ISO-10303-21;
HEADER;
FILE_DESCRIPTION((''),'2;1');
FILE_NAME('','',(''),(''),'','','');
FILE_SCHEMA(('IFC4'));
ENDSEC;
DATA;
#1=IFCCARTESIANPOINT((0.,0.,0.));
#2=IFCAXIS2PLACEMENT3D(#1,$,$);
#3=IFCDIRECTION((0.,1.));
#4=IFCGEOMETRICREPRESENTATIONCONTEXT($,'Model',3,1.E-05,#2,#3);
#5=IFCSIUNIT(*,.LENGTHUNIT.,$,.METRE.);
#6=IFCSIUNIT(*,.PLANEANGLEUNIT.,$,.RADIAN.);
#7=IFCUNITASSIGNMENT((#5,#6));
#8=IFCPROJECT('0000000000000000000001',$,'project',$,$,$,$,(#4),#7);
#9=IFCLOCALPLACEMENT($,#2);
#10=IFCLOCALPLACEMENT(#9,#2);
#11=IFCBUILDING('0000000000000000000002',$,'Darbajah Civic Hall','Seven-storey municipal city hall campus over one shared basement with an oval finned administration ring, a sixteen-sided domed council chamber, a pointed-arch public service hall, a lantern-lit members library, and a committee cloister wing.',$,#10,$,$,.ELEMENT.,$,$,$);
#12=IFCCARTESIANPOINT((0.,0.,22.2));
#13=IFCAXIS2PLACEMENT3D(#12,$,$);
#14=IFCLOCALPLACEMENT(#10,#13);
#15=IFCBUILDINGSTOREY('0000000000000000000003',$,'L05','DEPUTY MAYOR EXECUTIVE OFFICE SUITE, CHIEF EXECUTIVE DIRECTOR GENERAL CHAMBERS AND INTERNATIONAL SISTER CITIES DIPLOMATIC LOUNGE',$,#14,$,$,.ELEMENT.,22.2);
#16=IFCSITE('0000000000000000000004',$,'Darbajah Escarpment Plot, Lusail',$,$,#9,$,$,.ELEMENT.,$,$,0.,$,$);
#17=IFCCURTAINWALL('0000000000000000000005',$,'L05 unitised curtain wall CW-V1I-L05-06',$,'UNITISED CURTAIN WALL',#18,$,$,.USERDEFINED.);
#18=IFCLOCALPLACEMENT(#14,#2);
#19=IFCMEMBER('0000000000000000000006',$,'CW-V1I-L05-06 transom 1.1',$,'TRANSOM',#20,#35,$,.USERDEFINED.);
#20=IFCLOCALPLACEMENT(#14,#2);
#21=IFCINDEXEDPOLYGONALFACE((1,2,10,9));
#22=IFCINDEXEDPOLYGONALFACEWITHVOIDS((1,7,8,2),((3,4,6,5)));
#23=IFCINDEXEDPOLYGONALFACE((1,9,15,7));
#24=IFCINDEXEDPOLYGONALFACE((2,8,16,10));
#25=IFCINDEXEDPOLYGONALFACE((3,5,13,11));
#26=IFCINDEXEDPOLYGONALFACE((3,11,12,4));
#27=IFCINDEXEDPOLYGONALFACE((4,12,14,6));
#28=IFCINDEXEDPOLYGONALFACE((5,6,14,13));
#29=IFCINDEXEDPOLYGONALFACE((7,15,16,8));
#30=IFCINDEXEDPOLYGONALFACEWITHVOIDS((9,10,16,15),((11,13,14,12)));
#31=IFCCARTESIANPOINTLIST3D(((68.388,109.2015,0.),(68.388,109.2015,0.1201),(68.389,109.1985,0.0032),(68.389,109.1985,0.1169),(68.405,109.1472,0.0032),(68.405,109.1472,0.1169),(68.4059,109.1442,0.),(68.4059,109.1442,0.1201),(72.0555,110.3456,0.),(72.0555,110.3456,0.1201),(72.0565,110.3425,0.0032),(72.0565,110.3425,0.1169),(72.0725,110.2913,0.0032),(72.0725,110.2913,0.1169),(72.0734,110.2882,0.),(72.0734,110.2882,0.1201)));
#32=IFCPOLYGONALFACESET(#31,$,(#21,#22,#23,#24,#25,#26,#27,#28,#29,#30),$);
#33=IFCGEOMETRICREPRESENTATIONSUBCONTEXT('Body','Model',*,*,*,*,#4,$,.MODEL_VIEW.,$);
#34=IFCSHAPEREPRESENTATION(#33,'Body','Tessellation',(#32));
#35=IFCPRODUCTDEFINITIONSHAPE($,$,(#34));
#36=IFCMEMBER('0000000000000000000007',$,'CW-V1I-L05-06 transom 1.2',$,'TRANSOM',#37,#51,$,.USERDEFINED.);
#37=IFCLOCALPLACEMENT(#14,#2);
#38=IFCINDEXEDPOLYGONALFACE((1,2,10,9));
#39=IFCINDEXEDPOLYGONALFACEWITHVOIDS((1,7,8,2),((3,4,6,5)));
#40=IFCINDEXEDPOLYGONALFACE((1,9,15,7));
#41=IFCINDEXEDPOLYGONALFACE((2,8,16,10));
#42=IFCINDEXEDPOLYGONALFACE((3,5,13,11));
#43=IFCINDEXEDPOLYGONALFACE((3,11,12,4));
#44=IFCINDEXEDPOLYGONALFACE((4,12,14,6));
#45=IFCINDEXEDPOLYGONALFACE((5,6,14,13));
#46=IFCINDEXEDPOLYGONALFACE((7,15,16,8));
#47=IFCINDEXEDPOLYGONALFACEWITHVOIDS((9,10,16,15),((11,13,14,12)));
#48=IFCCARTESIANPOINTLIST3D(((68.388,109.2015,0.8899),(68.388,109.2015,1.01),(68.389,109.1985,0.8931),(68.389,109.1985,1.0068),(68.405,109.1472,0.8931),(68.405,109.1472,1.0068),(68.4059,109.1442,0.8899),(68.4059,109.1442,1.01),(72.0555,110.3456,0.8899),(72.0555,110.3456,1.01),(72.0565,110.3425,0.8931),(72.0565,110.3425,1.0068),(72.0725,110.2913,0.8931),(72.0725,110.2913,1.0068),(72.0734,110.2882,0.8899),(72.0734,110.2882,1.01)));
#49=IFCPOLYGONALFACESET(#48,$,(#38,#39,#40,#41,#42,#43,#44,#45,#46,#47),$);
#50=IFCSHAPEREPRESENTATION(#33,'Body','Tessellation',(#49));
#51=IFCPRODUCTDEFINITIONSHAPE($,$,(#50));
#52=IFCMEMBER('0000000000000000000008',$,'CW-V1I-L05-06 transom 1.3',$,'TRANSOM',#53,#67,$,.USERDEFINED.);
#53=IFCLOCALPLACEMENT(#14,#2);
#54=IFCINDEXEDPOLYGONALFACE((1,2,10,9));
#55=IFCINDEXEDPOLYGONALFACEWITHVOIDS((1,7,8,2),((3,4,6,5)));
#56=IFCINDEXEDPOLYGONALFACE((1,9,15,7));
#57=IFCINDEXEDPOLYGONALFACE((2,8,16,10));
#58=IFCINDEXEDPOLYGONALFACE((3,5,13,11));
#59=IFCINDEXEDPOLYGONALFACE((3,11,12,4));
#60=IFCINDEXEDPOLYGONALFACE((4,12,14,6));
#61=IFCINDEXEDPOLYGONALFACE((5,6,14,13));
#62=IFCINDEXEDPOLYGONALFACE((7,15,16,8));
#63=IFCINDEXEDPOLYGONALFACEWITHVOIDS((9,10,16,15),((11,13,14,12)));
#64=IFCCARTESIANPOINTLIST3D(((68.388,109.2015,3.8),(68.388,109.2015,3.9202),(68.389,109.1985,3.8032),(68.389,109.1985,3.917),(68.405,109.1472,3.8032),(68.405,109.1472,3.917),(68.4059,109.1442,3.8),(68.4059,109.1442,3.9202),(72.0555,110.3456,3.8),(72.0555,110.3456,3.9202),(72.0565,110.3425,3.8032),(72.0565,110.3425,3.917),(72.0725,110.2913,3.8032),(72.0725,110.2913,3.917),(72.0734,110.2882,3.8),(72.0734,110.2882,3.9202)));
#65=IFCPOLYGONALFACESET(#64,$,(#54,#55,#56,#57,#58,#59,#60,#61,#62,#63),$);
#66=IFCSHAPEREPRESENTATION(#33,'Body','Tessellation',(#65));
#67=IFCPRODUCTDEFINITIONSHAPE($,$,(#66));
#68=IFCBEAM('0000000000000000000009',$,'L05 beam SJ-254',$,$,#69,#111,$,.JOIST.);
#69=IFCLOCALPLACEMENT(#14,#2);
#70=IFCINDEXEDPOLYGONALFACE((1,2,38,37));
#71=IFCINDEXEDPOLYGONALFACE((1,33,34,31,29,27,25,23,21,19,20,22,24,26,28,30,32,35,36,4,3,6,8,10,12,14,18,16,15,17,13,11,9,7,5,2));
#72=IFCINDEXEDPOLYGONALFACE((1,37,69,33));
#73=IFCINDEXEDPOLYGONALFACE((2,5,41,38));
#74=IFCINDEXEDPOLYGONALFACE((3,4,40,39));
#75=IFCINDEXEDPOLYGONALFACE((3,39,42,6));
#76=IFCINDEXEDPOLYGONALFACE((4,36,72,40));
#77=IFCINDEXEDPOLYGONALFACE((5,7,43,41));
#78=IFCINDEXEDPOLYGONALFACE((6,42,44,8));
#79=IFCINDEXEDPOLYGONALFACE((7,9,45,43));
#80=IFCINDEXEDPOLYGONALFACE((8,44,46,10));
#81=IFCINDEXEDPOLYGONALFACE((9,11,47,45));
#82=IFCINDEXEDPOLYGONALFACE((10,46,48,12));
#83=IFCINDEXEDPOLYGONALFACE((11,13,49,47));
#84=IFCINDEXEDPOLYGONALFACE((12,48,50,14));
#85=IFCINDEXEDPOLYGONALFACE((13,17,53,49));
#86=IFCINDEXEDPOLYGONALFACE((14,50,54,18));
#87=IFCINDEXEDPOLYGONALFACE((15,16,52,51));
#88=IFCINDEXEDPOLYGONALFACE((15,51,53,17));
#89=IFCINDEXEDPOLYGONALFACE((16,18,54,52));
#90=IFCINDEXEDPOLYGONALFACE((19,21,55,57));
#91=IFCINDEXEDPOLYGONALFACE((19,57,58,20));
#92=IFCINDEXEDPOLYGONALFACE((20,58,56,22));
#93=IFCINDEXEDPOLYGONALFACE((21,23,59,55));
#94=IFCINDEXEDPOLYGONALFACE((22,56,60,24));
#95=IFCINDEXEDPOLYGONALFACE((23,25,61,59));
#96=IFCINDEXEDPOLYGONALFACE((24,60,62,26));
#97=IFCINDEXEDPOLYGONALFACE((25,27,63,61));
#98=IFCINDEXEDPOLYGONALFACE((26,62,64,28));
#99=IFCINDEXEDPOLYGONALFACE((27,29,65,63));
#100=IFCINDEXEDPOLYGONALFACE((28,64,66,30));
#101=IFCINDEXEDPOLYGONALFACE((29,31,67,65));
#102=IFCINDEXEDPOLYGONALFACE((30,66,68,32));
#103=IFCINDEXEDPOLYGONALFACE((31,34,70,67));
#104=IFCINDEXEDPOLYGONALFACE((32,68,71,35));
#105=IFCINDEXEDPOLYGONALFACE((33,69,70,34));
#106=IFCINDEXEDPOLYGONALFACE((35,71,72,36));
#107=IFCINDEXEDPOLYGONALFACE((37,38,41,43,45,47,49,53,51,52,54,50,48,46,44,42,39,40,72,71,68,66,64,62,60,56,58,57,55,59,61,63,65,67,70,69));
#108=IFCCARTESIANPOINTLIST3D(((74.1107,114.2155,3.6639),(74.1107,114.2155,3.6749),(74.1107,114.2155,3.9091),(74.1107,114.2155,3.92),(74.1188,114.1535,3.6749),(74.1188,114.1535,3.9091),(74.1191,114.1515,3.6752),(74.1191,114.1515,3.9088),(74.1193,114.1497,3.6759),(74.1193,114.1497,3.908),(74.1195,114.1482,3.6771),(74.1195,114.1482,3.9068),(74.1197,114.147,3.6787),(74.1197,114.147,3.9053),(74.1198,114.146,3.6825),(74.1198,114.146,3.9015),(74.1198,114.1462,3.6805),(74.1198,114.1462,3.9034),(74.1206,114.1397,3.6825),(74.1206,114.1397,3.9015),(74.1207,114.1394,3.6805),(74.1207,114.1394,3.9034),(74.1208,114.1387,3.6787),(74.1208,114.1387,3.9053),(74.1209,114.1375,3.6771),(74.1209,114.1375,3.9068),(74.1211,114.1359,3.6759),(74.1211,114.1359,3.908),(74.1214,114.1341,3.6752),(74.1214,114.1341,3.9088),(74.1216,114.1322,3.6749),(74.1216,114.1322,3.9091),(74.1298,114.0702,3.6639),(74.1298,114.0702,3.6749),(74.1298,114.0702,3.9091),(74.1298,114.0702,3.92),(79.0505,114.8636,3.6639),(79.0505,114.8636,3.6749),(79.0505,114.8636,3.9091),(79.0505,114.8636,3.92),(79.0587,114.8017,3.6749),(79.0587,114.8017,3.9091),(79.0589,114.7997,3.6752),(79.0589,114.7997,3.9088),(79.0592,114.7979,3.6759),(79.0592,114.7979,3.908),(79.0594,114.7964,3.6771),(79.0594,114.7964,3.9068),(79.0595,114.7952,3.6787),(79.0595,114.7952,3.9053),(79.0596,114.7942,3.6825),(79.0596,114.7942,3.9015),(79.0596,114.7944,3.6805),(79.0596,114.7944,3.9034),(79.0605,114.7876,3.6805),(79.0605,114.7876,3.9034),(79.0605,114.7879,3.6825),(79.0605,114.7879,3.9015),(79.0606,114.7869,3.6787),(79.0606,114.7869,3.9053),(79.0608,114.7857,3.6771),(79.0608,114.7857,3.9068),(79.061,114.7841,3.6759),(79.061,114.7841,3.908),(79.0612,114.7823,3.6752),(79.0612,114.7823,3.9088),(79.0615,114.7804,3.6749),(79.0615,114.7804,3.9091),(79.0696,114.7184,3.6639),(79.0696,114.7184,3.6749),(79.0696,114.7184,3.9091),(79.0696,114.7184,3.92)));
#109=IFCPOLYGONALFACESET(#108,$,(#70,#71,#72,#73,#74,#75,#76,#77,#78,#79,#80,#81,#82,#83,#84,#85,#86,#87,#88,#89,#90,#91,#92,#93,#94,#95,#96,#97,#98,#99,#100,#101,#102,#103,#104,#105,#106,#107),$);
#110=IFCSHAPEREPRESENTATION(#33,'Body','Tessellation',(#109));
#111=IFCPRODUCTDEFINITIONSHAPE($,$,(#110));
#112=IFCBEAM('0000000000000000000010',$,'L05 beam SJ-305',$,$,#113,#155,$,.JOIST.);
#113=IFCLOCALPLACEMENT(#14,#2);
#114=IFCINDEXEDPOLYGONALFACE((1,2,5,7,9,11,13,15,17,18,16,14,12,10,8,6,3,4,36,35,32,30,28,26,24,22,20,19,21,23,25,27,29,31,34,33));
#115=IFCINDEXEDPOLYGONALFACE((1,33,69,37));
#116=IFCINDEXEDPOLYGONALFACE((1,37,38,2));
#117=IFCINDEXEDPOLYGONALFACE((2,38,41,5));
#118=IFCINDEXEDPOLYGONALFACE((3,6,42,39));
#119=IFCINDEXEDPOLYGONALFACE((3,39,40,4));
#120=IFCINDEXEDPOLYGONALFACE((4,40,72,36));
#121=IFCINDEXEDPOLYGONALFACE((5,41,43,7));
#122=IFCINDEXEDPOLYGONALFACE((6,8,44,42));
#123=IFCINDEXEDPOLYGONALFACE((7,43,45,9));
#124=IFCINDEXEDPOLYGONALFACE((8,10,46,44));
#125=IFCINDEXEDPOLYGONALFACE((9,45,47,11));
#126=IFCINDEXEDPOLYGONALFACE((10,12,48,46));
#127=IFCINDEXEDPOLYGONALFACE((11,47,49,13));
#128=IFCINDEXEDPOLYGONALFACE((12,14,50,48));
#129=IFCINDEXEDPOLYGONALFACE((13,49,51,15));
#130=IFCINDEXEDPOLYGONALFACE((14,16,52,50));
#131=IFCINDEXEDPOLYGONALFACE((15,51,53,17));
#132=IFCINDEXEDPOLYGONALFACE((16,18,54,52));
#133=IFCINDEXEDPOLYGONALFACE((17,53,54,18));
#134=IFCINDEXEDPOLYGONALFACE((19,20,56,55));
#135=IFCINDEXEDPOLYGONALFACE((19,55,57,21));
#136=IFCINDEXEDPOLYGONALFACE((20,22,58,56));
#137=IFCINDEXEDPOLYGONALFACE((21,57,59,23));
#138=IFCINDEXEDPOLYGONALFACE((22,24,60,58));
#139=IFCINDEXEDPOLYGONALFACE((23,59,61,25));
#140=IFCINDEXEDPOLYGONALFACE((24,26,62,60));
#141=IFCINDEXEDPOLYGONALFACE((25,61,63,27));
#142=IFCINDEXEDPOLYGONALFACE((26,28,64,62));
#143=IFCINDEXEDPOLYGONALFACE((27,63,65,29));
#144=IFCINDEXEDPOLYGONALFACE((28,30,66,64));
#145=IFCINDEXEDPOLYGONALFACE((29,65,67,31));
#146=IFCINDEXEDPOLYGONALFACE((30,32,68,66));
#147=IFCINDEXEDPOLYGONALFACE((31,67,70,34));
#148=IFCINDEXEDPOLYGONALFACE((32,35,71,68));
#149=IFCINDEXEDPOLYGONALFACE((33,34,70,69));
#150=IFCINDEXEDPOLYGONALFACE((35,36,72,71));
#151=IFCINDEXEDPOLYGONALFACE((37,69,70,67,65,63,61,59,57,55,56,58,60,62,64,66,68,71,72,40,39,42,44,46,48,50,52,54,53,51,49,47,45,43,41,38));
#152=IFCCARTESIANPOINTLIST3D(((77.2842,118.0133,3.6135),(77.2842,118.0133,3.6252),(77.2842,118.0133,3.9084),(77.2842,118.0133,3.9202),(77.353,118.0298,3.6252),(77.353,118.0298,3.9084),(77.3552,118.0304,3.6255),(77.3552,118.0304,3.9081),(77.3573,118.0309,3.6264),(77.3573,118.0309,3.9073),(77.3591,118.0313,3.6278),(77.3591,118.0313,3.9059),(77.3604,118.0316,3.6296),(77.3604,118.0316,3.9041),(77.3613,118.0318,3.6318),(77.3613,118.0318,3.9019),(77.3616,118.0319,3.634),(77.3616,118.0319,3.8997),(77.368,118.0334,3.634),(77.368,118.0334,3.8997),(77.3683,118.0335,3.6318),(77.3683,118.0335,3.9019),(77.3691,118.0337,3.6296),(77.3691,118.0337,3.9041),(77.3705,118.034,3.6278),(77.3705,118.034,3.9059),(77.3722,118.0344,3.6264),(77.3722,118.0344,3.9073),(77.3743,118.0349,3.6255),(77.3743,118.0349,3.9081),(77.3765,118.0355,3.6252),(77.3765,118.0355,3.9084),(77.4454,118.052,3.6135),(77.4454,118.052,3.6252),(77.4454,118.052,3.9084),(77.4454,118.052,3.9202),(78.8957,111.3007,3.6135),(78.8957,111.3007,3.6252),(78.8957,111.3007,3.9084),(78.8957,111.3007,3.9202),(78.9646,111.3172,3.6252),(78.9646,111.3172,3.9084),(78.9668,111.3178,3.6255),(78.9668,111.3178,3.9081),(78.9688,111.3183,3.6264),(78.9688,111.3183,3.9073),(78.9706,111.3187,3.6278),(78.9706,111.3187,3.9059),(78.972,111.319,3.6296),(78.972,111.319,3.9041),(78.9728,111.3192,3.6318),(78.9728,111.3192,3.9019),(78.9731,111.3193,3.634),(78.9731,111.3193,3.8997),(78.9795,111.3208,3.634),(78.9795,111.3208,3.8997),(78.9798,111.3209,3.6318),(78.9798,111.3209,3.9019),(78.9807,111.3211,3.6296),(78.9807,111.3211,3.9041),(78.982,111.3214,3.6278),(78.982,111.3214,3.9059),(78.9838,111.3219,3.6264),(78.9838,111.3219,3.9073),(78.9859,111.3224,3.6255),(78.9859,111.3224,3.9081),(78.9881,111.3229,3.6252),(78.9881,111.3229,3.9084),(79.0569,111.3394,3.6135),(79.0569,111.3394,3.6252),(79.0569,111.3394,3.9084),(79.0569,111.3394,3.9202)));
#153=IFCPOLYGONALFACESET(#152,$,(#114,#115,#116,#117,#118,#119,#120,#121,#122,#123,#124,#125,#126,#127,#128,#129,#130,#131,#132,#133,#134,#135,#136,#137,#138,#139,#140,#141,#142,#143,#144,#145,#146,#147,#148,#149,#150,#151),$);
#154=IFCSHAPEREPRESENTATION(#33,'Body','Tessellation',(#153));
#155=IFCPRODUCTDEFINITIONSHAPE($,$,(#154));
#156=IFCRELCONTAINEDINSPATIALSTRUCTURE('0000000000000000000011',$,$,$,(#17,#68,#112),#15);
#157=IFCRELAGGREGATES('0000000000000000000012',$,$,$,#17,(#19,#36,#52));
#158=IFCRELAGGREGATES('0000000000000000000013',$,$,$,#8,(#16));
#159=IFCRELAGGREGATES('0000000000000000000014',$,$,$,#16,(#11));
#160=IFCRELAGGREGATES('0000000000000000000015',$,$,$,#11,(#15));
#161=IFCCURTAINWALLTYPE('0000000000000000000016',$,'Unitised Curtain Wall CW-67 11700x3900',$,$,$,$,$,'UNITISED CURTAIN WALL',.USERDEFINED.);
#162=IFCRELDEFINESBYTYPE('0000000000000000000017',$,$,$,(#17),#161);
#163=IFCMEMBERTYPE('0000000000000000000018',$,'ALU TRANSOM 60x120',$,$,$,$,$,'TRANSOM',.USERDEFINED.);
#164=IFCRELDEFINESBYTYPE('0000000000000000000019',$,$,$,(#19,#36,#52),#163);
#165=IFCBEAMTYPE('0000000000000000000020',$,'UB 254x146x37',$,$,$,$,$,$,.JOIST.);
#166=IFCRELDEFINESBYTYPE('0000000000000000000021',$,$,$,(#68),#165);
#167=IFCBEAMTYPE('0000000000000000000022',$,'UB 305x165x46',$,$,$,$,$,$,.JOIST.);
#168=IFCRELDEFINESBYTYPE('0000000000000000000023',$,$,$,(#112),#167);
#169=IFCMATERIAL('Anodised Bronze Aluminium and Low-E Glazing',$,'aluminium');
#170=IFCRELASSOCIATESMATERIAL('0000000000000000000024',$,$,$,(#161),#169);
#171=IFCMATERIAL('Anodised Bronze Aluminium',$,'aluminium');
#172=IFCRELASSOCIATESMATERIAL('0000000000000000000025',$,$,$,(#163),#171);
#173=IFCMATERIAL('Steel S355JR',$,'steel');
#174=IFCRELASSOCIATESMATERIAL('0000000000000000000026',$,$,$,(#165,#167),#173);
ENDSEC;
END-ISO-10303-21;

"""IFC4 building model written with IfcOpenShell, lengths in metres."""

from ifc_helpers import new_model, si_unit, direction, frame, origin, origin_2d, place, context, subcontext, project, spatial, hollow_rectangle, i_section, extrude, material, material_profile, profile_set, type_object, element, aggregate, save


model = new_model("IFC4")

# Units and contexts
model_context = context("Model", 3, precision=1e-05, world=origin(), true_north=direction((0.0, 1.0)))
body_context = subcontext(model_context, "Body", "Model", "MODEL_VIEW")
ifc_project = project(units=[si_unit("LENGTHUNIT", "METRE"), si_unit("PLANEANGLEUNIT", "RADIAN")], contexts=[model_context])

# Site, building, storey
site_placement = place(None, origin())
site = spatial("IfcSite", under=ifc_project, at=site_placement, Name="Darbajah Escarpment Plot, Lusail", CompositionType="ELEMENT", RefElevation=0.0)
building_placement = place(site_placement, origin())
building = spatial("IfcBuilding", under=site, at=building_placement, Name="Darbajah Civic Hall", Description="Seven-storey municipal city hall campus over one shared basement with an oval finned administration ring, a sixteen-sided domed council chamber, a pointed-arch public service hall, a lantern-lit members library, and a committee cloister wing.", CompositionType="ELEMENT")
storey_placement = place(building_placement, frame((0.0, 0.0, 22.2)))
storey = spatial("IfcBuildingStorey", under=building, at=storey_placement, Name="L05", Description="DEPUTY MAYOR EXECUTIVE OFFICE SUITE, CHIEF EXECUTIVE DIRECTOR GENERAL CHAMBERS AND INTERNATIONAL SISTER CITIES DIPLOMATIC LOUNGE", CompositionType="ELEMENT", Elevation=22.2)

# Shared definitions
ifc_material_1 = material(Name="Anodised Bronze Aluminium and Low-E Glazing", Category="aluminium")
ifc_material_2 = material(Name="Anodised Bronze Aluminium", Category="aluminium")

# Curtain wall
curtain_wall_type_1 = type_object("IfcCurtainWallType", Name="Unitised Curtain Wall CW-67 11700x3900", ElementType="UNITISED CURTAIN WALL", PredefinedType="USERDEFINED", material=ifc_material_1)
curtain_wall_1_placement = place(storey_placement, origin())
curtain_wall_1 = element("IfcCurtainWall", 1, at=curtain_wall_1_placement, inside=storey, type_object=curtain_wall_type_1, Name="L05 unitised curtain wall CW-V1I-L05-06", ObjectType="UNITISED CURTAIN WALL", PredefinedType="USERDEFINED")

# Members
ifc_material_profile_1 = material_profile(ifc_material_2, hollow_rectangle(XDim=0.0601, YDim=0.1201, WallThickness=0.0032, at=origin_2d()), Name="ALU TRANSOM 60x120")
ifc_profile_set_1 = profile_set([ifc_material_profile_1], Name="Anodised Bronze Aluminium")
member_type_1 = type_object("IfcMemberType", Name="ALU TRANSOM 60x120", ElementType="TRANSOM", PredefinedType="USERDEFINED", material=ifc_profile_set_1)
member_1_placement = place(storey_placement, frame((72.0645, 110.3169, 0.0601), z_axis=(-0.954631, -0.29779, 0.0), x_axis=(0.29779, -0.954631, 0.0)))
member_1 = element("IfcMember", 2, at=member_1_placement, type_object=member_type_1, Name="CW-V1I-L05-06 transom 1.1", ObjectType="TRANSOM", PredefinedType="USERDEFINED", context=body_context, shape_type="SweptSolid", body=[
    extrude(hollow_rectangle(XDim=0.0601, YDim=0.1201, WallThickness=0.0032, at=origin_2d()), origin(), (0.0, 0.0, 1.0), 3.8418),
])
member_2_placement = place(storey_placement, frame((72.0645, 110.3169, 0.95), z_axis=(-0.954631, -0.29779, 0.0), x_axis=(0.29779, -0.954631, 0.0)))
member_2 = element("IfcMember", 3, at=member_2_placement, type_object=member_type_1, Name="CW-V1I-L05-06 transom 1.2", ObjectType="TRANSOM", PredefinedType="USERDEFINED", context=body_context, shape_type="SweptSolid", body=[
    extrude(hollow_rectangle(XDim=0.0601, YDim=0.1201, WallThickness=0.0032, at=origin_2d()), origin(), (0.0, 0.0, 1.0), 3.8418),
])
member_3_placement = place(storey_placement, frame((72.0645, 110.3169, 3.8601), z_axis=(-0.954631, -0.29779, 0.0), x_axis=(0.29779, -0.954631, 0.0)))
member_3 = element("IfcMember", 4, at=member_3_placement, type_object=member_type_1, Name="CW-V1I-L05-06 transom 1.3", ObjectType="TRANSOM", PredefinedType="USERDEFINED", context=body_context, shape_type="SweptSolid", body=[
    extrude(hollow_rectangle(XDim=0.0601, YDim=0.1201, WallThickness=0.0032, at=origin_2d()), origin(), (0.0, 0.0, 1.0), 3.8418),
])
aggregate(curtain_wall_1, [member_1, member_2, member_3])

# Beams
ifc_material_3 = material(Name="Steel S355JR", Category="steel")
ifc_material_profile_2 = material_profile(ifc_material_3, i_section(OverallWidth=0.1465, OverallDepth=0.2561, WebThickness=0.0063, FlangeThickness=0.011, FilletRadius=0.0076, at=origin_2d()), Name="UB 254x146x37")
ifc_profile_set_2 = profile_set([ifc_material_profile_2], Name="Steel S355JR")
beam_type_1 = type_object("IfcBeamType", Name="UB 254x146x37", PredefinedType="JOIST", material=ifc_profile_set_2)
beam_1_placement = place(storey_placement, frame((79.0601, 114.791, 3.792), z_axis=(-0.991501, -0.1301, 0.0), x_axis=(0.1301, -0.991501, 0.0)))
element("IfcBeam", 5, at=beam_1_placement, inside=storey, type_object=beam_type_1, Name="L05 beam SJ-254", PredefinedType="JOIST", context=body_context, shape_type="SweptSolid", body=[
    extrude(i_section(OverallWidth=0.1465, OverallDepth=0.2561, WebThickness=0.0063, FlangeThickness=0.011, FilletRadius=0.0076, at=origin_2d()), origin(), (0.0, 0.0, 1.0), 4.9822),
])
ifc_material_profile_3 = material_profile(ifc_material_3, i_section(OverallWidth=0.1658, OverallDepth=0.3066, WebThickness=0.0066, FlangeThickness=0.0117, FilletRadius=0.0088, at=origin_2d()), Name="UB 305x165x46")
ifc_profile_set_3 = profile_set([ifc_material_profile_3], Name="Steel S355JR")
beam_type_2 = type_object("IfcBeamType", Name="UB 305x165x46", PredefinedType="JOIST", material=ifc_profile_set_3)
beam_2_placement = place(storey_placement, frame((78.9763, 111.3201, 3.7668), z_axis=(-0.233447, 0.97237, 0.0), x_axis=(-0.97237, -0.233447, 0.0)))
element("IfcBeam", 6, at=beam_2_placement, inside=storey, type_object=beam_type_2, Name="L05 beam SJ-305", PredefinedType="JOIST", context=body_context, shape_type="SweptSolid", body=[
    extrude(i_section(OverallWidth=0.1658, OverallDepth=0.3066, WebThickness=0.0066, FlangeThickness=0.0117, FilletRadius=0.0088, at=origin_2d()), origin(), (0.0, 0.0, 1.0), 6.9033),
])

save(model, "model.ifc")
